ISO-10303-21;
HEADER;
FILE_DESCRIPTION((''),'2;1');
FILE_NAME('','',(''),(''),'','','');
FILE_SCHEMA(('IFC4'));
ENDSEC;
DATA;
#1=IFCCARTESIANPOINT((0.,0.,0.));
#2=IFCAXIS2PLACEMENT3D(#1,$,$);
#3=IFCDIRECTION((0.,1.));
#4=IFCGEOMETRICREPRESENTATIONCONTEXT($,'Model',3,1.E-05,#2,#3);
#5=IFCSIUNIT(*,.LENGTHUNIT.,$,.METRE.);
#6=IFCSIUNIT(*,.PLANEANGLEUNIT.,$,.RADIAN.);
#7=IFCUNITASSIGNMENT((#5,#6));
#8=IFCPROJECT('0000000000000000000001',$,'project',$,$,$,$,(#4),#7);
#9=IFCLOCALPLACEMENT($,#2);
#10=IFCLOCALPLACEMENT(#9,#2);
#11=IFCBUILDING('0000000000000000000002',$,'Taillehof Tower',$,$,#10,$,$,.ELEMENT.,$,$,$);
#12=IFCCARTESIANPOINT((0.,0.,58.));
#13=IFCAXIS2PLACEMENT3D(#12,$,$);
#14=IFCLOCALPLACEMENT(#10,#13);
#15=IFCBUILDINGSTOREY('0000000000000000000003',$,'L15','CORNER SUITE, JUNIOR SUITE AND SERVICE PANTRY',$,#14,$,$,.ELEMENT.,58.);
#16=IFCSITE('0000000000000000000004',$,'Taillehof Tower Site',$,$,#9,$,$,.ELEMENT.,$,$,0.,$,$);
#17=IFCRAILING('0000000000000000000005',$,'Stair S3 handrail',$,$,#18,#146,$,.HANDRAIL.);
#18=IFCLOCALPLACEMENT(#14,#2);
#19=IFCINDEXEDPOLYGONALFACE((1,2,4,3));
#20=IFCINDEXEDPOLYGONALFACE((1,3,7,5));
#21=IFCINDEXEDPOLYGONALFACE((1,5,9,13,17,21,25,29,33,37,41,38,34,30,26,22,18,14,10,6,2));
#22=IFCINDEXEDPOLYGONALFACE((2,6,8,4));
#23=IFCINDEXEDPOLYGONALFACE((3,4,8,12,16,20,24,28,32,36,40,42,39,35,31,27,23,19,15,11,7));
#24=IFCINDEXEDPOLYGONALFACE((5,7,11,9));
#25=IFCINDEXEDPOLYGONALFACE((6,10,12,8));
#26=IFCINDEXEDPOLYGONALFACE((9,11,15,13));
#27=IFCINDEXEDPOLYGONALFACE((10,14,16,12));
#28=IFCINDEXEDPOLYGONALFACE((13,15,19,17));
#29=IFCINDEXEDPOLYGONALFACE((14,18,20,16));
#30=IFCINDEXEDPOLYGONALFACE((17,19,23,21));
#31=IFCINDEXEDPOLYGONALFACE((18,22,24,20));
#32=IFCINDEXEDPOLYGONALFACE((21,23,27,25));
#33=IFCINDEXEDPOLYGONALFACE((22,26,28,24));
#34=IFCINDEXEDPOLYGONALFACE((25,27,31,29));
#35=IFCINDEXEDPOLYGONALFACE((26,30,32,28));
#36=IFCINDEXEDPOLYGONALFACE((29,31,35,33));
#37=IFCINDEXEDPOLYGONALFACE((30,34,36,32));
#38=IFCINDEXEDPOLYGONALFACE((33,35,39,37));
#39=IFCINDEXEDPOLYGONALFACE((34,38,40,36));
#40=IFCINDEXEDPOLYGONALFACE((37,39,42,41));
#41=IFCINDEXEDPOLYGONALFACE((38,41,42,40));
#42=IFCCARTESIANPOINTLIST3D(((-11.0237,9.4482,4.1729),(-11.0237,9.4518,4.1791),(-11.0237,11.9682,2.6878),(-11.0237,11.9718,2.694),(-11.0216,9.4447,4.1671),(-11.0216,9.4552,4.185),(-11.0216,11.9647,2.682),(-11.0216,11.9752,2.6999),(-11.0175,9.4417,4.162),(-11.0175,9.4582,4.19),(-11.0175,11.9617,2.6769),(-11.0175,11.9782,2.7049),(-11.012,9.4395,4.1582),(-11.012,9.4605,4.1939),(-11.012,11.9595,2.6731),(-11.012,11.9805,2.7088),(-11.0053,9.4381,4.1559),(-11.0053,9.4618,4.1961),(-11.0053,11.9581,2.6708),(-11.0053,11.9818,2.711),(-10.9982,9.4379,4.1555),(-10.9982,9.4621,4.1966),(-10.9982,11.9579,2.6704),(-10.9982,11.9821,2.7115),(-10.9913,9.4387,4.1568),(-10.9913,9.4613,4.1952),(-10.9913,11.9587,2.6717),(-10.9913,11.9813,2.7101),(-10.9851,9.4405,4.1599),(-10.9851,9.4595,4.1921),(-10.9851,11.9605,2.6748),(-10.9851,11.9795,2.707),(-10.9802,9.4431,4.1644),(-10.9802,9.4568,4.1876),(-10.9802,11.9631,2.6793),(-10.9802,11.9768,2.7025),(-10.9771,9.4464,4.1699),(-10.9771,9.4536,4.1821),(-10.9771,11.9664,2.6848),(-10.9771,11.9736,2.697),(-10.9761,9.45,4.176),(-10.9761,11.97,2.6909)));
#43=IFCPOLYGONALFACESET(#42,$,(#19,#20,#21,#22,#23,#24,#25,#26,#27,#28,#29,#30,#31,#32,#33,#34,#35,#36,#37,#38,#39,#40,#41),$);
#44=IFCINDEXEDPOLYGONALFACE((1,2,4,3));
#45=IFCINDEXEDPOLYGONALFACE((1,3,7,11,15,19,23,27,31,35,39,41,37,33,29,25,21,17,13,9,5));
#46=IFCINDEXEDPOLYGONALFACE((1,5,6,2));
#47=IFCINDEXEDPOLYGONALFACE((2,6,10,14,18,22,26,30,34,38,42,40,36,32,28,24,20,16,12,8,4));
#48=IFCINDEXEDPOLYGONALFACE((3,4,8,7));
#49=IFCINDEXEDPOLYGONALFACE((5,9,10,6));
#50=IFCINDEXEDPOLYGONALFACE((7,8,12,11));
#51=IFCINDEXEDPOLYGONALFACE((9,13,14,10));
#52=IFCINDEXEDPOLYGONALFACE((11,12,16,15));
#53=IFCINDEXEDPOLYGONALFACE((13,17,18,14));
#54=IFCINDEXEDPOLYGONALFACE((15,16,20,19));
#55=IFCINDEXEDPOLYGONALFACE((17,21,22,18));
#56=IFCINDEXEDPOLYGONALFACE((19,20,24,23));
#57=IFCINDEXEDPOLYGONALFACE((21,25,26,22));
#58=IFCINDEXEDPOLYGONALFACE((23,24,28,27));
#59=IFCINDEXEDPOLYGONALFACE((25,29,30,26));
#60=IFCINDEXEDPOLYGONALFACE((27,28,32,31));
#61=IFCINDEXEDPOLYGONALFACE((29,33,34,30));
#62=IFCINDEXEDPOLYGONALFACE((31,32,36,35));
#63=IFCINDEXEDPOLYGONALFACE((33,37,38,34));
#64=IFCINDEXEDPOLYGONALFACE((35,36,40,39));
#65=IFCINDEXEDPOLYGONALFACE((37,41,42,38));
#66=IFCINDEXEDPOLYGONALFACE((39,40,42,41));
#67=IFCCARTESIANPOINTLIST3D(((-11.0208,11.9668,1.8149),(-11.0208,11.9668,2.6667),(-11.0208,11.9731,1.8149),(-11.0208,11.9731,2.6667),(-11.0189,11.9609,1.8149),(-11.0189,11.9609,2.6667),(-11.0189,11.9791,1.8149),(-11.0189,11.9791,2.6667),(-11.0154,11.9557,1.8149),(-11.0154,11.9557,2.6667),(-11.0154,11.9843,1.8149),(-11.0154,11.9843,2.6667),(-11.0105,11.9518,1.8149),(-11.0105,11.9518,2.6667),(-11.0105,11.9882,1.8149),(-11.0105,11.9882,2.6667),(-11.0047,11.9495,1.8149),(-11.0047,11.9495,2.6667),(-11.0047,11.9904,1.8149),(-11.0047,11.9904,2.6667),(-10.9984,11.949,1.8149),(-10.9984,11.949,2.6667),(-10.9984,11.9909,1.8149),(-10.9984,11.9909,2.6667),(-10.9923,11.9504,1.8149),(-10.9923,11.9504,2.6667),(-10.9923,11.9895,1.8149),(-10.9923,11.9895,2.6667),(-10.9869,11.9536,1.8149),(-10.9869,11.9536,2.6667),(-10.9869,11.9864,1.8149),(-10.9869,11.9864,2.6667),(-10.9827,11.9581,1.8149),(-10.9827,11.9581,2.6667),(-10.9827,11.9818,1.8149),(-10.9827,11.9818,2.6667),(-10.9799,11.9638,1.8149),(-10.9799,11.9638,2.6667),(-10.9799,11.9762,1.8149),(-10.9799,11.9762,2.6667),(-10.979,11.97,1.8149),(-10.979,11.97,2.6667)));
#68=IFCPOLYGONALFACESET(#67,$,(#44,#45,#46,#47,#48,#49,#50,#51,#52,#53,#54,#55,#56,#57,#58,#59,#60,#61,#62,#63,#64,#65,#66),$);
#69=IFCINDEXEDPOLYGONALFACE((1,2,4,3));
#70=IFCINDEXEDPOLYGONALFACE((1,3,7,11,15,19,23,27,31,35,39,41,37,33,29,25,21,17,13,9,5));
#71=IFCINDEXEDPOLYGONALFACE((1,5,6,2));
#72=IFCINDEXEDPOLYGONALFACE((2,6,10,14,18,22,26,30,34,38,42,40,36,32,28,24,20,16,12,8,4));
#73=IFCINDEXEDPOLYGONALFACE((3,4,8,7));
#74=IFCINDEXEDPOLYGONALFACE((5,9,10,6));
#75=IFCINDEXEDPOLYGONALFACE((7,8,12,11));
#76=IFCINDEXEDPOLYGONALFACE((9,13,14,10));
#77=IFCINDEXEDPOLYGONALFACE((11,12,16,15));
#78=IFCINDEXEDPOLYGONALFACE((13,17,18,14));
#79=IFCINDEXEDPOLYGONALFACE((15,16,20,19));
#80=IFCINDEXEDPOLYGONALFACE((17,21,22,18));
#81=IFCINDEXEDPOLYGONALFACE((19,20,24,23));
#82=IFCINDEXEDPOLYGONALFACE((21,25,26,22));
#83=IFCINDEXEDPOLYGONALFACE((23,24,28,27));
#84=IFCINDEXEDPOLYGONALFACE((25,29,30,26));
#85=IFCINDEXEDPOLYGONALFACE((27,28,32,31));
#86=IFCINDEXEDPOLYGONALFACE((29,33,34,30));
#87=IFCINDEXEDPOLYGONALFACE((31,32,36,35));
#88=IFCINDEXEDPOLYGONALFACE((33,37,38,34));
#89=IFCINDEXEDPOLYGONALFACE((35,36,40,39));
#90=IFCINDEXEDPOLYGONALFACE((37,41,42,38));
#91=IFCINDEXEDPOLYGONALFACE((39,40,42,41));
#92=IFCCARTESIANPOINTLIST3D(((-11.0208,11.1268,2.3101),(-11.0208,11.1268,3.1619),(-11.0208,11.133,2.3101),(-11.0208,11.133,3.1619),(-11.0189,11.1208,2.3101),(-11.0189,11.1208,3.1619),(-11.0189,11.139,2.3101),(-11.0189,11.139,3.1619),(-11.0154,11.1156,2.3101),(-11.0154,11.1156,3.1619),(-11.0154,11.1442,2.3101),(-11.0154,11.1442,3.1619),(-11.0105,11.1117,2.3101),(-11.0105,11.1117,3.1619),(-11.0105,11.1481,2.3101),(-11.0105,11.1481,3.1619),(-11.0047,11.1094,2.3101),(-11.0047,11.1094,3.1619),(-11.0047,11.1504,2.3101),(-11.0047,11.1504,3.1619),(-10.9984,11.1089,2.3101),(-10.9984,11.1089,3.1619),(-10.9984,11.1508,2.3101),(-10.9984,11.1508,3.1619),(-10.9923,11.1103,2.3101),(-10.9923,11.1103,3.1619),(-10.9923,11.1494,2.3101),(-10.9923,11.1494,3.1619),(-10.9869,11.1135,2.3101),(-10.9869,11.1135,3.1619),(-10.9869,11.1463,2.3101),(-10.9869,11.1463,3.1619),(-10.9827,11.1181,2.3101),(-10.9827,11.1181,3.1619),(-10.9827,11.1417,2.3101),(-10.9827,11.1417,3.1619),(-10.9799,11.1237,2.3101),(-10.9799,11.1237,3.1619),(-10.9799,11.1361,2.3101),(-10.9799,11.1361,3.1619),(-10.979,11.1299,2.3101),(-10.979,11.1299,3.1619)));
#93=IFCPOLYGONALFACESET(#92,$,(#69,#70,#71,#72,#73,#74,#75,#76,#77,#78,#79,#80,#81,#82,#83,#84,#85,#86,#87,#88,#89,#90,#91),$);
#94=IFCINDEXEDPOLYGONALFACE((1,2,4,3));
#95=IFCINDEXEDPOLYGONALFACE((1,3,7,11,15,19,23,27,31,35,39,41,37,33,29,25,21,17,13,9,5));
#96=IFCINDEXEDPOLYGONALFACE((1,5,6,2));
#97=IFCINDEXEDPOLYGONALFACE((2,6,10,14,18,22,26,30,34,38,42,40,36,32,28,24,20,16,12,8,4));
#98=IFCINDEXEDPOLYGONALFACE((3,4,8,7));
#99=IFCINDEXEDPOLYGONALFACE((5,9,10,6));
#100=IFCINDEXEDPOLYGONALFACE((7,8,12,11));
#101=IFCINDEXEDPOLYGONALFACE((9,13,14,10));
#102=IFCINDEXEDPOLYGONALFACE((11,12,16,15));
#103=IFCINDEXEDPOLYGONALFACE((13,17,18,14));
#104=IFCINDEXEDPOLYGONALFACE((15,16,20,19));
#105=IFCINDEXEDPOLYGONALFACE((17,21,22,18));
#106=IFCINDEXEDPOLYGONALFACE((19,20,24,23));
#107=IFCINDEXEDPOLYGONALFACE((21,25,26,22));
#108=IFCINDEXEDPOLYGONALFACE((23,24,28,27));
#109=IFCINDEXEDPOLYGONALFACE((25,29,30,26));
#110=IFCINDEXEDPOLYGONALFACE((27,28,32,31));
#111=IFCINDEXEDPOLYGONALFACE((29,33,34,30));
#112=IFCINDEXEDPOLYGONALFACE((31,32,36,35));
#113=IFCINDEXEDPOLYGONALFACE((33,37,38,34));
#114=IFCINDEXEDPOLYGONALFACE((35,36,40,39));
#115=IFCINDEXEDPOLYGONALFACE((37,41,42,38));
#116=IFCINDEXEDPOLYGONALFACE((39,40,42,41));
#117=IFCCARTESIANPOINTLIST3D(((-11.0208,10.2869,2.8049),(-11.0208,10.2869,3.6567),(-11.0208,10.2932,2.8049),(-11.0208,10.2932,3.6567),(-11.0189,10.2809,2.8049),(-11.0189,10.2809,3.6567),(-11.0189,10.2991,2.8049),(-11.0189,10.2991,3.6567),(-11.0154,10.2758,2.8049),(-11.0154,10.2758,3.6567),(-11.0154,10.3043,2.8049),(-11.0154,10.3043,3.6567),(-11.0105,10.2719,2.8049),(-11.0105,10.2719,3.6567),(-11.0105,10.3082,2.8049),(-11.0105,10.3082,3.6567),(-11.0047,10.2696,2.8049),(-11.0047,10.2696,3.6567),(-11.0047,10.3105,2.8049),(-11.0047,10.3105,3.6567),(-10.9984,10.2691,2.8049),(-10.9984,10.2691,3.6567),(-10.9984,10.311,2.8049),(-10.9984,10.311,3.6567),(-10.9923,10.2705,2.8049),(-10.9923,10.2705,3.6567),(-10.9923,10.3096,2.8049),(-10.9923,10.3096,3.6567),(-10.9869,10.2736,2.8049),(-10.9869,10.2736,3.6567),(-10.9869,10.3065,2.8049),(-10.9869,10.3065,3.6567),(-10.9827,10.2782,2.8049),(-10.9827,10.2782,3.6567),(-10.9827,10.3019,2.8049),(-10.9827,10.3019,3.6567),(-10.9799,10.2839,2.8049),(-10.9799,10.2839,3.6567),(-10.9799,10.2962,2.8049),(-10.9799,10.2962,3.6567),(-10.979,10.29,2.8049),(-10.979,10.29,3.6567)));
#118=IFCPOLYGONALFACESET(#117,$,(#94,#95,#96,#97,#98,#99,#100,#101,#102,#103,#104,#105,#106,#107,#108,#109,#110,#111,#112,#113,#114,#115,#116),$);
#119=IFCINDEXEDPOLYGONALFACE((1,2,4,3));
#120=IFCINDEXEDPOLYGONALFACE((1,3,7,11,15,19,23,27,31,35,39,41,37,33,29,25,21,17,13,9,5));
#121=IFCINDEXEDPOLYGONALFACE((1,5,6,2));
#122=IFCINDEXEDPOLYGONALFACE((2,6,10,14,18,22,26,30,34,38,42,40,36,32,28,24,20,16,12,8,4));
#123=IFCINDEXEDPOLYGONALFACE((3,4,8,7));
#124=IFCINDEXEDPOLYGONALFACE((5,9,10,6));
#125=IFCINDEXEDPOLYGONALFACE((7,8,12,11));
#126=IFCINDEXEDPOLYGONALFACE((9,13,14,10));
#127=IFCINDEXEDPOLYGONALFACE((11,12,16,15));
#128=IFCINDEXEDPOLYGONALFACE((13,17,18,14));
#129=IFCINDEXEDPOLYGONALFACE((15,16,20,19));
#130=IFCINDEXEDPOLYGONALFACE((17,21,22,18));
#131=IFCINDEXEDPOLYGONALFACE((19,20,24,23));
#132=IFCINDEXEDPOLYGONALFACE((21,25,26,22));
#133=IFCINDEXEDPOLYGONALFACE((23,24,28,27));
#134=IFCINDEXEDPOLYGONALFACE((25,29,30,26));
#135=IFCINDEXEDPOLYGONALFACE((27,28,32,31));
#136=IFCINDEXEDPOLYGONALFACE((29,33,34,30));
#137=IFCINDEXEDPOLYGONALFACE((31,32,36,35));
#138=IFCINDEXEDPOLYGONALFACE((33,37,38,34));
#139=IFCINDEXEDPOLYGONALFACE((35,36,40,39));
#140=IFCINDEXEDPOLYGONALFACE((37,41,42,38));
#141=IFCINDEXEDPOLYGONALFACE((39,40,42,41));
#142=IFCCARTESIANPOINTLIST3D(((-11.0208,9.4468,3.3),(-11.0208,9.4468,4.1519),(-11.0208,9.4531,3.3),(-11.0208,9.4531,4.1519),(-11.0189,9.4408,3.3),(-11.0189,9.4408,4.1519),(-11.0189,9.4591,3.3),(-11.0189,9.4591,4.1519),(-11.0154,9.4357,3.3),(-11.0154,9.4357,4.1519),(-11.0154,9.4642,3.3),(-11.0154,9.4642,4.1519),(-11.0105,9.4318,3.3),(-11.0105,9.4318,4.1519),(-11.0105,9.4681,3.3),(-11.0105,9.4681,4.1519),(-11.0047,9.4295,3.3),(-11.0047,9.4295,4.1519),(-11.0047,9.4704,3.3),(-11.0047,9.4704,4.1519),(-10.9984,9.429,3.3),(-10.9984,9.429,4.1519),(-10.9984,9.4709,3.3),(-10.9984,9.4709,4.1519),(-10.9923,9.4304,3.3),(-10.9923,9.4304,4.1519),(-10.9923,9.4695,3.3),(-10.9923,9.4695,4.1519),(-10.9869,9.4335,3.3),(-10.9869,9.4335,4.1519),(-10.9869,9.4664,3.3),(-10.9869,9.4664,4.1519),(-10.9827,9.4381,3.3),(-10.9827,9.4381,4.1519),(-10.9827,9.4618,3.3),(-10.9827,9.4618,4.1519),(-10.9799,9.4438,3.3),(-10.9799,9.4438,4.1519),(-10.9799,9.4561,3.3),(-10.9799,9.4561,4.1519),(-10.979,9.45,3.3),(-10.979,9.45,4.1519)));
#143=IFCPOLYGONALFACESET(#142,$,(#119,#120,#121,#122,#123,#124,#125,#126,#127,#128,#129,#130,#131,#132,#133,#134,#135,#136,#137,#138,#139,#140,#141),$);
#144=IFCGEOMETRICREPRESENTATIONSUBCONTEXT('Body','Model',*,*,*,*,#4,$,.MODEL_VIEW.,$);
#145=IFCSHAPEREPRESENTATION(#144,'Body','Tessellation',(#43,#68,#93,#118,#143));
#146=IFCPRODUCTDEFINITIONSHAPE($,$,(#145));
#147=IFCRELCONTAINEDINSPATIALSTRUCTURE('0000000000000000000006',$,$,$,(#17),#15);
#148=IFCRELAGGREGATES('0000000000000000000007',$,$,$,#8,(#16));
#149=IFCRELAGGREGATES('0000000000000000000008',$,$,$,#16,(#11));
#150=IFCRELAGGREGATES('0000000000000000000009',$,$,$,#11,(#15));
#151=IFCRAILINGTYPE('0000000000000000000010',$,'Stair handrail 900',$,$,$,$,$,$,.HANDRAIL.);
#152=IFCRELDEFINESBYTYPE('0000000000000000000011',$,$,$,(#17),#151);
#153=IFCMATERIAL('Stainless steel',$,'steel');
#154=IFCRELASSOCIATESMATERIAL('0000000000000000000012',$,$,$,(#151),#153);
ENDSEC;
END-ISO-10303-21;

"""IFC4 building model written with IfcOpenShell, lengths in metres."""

from ifc_helpers import new_model, si_unit, direction, frame, origin, origin_2d, place, context, subcontext, project, spatial, circle, extrude, material, type_object, element, save


model = new_model("IFC4")

# Units and contexts
model_context = context("Model", 3, precision=1e-05, world=origin(), true_north=direction((0.0, 1.0)))
body_context = subcontext(model_context, "Body", "Model", "MODEL_VIEW")
ifc_project = project(units=[si_unit("LENGTHUNIT", "METRE"), si_unit("PLANEANGLEUNIT", "RADIAN")], contexts=[model_context])

# Site, building, storey
site_placement = place(None, origin())
site = spatial("IfcSite", under=ifc_project, at=site_placement, Name="Taillehof Tower Site", CompositionType="ELEMENT", RefElevation=0.0)
building_placement = place(site_placement, origin())
building = spatial("IfcBuilding", under=site, at=building_placement, Name="Taillehof Tower", CompositionType="ELEMENT")
storey_placement = place(building_placement, frame((0.0, 0.0, 58.0)))
storey = spatial("IfcBuildingStorey", under=building, at=storey_placement, Name="L15", Description="CORNER SUITE, JUNIOR SUITE AND SERVICE PANTRY", CompositionType="ELEMENT", Elevation=58.0)

# Railing
ifc_material_1 = material(Name="Stainless steel", Category="steel")
railing_type = type_object("IfcRailingType", Name="Stair handrail 900", PredefinedType="HANDRAIL", material=ifc_material_1)
railing_placement = place(storey_placement, frame((-11.0, 11.97, 1.8149)))
element("IfcRailing", 1, at=railing_placement, inside=storey, type_object=railing_type, Name="Stair S3 handrail", PredefinedType="HANDRAIL", context=body_context, shape_type="SweptSolid", body=[
    extrude(circle(Radius=0.0239, at=origin_2d()), frame((0.0, 0.0, 0.876), z_axis=(0.0, -0.861524, 0.507717), x_axis=(1.0, 0.0, 0.0)), (0.0, 0.0, 1.0), 2.925),
    extrude(circle(Radius=0.021, at=origin_2d()), origin(), (0.0, 0.0, 1.0), 0.8518),
    extrude(circle(Radius=0.021, at=origin_2d()), frame((0.0, -0.8401, 0.4951)), (0.0, 0.0, 1.0), 0.8518),
    extrude(circle(Radius=0.021, at=origin_2d()), frame((0.0, -1.6799, 0.99)), (0.0, 0.0, 1.0), 0.8518),
    extrude(circle(Radius=0.021, at=origin_2d()), frame((0.0, -2.52, 1.4851)), (0.0, 0.0, 1.0), 0.8518),
])

save(model, "model.ifc")
